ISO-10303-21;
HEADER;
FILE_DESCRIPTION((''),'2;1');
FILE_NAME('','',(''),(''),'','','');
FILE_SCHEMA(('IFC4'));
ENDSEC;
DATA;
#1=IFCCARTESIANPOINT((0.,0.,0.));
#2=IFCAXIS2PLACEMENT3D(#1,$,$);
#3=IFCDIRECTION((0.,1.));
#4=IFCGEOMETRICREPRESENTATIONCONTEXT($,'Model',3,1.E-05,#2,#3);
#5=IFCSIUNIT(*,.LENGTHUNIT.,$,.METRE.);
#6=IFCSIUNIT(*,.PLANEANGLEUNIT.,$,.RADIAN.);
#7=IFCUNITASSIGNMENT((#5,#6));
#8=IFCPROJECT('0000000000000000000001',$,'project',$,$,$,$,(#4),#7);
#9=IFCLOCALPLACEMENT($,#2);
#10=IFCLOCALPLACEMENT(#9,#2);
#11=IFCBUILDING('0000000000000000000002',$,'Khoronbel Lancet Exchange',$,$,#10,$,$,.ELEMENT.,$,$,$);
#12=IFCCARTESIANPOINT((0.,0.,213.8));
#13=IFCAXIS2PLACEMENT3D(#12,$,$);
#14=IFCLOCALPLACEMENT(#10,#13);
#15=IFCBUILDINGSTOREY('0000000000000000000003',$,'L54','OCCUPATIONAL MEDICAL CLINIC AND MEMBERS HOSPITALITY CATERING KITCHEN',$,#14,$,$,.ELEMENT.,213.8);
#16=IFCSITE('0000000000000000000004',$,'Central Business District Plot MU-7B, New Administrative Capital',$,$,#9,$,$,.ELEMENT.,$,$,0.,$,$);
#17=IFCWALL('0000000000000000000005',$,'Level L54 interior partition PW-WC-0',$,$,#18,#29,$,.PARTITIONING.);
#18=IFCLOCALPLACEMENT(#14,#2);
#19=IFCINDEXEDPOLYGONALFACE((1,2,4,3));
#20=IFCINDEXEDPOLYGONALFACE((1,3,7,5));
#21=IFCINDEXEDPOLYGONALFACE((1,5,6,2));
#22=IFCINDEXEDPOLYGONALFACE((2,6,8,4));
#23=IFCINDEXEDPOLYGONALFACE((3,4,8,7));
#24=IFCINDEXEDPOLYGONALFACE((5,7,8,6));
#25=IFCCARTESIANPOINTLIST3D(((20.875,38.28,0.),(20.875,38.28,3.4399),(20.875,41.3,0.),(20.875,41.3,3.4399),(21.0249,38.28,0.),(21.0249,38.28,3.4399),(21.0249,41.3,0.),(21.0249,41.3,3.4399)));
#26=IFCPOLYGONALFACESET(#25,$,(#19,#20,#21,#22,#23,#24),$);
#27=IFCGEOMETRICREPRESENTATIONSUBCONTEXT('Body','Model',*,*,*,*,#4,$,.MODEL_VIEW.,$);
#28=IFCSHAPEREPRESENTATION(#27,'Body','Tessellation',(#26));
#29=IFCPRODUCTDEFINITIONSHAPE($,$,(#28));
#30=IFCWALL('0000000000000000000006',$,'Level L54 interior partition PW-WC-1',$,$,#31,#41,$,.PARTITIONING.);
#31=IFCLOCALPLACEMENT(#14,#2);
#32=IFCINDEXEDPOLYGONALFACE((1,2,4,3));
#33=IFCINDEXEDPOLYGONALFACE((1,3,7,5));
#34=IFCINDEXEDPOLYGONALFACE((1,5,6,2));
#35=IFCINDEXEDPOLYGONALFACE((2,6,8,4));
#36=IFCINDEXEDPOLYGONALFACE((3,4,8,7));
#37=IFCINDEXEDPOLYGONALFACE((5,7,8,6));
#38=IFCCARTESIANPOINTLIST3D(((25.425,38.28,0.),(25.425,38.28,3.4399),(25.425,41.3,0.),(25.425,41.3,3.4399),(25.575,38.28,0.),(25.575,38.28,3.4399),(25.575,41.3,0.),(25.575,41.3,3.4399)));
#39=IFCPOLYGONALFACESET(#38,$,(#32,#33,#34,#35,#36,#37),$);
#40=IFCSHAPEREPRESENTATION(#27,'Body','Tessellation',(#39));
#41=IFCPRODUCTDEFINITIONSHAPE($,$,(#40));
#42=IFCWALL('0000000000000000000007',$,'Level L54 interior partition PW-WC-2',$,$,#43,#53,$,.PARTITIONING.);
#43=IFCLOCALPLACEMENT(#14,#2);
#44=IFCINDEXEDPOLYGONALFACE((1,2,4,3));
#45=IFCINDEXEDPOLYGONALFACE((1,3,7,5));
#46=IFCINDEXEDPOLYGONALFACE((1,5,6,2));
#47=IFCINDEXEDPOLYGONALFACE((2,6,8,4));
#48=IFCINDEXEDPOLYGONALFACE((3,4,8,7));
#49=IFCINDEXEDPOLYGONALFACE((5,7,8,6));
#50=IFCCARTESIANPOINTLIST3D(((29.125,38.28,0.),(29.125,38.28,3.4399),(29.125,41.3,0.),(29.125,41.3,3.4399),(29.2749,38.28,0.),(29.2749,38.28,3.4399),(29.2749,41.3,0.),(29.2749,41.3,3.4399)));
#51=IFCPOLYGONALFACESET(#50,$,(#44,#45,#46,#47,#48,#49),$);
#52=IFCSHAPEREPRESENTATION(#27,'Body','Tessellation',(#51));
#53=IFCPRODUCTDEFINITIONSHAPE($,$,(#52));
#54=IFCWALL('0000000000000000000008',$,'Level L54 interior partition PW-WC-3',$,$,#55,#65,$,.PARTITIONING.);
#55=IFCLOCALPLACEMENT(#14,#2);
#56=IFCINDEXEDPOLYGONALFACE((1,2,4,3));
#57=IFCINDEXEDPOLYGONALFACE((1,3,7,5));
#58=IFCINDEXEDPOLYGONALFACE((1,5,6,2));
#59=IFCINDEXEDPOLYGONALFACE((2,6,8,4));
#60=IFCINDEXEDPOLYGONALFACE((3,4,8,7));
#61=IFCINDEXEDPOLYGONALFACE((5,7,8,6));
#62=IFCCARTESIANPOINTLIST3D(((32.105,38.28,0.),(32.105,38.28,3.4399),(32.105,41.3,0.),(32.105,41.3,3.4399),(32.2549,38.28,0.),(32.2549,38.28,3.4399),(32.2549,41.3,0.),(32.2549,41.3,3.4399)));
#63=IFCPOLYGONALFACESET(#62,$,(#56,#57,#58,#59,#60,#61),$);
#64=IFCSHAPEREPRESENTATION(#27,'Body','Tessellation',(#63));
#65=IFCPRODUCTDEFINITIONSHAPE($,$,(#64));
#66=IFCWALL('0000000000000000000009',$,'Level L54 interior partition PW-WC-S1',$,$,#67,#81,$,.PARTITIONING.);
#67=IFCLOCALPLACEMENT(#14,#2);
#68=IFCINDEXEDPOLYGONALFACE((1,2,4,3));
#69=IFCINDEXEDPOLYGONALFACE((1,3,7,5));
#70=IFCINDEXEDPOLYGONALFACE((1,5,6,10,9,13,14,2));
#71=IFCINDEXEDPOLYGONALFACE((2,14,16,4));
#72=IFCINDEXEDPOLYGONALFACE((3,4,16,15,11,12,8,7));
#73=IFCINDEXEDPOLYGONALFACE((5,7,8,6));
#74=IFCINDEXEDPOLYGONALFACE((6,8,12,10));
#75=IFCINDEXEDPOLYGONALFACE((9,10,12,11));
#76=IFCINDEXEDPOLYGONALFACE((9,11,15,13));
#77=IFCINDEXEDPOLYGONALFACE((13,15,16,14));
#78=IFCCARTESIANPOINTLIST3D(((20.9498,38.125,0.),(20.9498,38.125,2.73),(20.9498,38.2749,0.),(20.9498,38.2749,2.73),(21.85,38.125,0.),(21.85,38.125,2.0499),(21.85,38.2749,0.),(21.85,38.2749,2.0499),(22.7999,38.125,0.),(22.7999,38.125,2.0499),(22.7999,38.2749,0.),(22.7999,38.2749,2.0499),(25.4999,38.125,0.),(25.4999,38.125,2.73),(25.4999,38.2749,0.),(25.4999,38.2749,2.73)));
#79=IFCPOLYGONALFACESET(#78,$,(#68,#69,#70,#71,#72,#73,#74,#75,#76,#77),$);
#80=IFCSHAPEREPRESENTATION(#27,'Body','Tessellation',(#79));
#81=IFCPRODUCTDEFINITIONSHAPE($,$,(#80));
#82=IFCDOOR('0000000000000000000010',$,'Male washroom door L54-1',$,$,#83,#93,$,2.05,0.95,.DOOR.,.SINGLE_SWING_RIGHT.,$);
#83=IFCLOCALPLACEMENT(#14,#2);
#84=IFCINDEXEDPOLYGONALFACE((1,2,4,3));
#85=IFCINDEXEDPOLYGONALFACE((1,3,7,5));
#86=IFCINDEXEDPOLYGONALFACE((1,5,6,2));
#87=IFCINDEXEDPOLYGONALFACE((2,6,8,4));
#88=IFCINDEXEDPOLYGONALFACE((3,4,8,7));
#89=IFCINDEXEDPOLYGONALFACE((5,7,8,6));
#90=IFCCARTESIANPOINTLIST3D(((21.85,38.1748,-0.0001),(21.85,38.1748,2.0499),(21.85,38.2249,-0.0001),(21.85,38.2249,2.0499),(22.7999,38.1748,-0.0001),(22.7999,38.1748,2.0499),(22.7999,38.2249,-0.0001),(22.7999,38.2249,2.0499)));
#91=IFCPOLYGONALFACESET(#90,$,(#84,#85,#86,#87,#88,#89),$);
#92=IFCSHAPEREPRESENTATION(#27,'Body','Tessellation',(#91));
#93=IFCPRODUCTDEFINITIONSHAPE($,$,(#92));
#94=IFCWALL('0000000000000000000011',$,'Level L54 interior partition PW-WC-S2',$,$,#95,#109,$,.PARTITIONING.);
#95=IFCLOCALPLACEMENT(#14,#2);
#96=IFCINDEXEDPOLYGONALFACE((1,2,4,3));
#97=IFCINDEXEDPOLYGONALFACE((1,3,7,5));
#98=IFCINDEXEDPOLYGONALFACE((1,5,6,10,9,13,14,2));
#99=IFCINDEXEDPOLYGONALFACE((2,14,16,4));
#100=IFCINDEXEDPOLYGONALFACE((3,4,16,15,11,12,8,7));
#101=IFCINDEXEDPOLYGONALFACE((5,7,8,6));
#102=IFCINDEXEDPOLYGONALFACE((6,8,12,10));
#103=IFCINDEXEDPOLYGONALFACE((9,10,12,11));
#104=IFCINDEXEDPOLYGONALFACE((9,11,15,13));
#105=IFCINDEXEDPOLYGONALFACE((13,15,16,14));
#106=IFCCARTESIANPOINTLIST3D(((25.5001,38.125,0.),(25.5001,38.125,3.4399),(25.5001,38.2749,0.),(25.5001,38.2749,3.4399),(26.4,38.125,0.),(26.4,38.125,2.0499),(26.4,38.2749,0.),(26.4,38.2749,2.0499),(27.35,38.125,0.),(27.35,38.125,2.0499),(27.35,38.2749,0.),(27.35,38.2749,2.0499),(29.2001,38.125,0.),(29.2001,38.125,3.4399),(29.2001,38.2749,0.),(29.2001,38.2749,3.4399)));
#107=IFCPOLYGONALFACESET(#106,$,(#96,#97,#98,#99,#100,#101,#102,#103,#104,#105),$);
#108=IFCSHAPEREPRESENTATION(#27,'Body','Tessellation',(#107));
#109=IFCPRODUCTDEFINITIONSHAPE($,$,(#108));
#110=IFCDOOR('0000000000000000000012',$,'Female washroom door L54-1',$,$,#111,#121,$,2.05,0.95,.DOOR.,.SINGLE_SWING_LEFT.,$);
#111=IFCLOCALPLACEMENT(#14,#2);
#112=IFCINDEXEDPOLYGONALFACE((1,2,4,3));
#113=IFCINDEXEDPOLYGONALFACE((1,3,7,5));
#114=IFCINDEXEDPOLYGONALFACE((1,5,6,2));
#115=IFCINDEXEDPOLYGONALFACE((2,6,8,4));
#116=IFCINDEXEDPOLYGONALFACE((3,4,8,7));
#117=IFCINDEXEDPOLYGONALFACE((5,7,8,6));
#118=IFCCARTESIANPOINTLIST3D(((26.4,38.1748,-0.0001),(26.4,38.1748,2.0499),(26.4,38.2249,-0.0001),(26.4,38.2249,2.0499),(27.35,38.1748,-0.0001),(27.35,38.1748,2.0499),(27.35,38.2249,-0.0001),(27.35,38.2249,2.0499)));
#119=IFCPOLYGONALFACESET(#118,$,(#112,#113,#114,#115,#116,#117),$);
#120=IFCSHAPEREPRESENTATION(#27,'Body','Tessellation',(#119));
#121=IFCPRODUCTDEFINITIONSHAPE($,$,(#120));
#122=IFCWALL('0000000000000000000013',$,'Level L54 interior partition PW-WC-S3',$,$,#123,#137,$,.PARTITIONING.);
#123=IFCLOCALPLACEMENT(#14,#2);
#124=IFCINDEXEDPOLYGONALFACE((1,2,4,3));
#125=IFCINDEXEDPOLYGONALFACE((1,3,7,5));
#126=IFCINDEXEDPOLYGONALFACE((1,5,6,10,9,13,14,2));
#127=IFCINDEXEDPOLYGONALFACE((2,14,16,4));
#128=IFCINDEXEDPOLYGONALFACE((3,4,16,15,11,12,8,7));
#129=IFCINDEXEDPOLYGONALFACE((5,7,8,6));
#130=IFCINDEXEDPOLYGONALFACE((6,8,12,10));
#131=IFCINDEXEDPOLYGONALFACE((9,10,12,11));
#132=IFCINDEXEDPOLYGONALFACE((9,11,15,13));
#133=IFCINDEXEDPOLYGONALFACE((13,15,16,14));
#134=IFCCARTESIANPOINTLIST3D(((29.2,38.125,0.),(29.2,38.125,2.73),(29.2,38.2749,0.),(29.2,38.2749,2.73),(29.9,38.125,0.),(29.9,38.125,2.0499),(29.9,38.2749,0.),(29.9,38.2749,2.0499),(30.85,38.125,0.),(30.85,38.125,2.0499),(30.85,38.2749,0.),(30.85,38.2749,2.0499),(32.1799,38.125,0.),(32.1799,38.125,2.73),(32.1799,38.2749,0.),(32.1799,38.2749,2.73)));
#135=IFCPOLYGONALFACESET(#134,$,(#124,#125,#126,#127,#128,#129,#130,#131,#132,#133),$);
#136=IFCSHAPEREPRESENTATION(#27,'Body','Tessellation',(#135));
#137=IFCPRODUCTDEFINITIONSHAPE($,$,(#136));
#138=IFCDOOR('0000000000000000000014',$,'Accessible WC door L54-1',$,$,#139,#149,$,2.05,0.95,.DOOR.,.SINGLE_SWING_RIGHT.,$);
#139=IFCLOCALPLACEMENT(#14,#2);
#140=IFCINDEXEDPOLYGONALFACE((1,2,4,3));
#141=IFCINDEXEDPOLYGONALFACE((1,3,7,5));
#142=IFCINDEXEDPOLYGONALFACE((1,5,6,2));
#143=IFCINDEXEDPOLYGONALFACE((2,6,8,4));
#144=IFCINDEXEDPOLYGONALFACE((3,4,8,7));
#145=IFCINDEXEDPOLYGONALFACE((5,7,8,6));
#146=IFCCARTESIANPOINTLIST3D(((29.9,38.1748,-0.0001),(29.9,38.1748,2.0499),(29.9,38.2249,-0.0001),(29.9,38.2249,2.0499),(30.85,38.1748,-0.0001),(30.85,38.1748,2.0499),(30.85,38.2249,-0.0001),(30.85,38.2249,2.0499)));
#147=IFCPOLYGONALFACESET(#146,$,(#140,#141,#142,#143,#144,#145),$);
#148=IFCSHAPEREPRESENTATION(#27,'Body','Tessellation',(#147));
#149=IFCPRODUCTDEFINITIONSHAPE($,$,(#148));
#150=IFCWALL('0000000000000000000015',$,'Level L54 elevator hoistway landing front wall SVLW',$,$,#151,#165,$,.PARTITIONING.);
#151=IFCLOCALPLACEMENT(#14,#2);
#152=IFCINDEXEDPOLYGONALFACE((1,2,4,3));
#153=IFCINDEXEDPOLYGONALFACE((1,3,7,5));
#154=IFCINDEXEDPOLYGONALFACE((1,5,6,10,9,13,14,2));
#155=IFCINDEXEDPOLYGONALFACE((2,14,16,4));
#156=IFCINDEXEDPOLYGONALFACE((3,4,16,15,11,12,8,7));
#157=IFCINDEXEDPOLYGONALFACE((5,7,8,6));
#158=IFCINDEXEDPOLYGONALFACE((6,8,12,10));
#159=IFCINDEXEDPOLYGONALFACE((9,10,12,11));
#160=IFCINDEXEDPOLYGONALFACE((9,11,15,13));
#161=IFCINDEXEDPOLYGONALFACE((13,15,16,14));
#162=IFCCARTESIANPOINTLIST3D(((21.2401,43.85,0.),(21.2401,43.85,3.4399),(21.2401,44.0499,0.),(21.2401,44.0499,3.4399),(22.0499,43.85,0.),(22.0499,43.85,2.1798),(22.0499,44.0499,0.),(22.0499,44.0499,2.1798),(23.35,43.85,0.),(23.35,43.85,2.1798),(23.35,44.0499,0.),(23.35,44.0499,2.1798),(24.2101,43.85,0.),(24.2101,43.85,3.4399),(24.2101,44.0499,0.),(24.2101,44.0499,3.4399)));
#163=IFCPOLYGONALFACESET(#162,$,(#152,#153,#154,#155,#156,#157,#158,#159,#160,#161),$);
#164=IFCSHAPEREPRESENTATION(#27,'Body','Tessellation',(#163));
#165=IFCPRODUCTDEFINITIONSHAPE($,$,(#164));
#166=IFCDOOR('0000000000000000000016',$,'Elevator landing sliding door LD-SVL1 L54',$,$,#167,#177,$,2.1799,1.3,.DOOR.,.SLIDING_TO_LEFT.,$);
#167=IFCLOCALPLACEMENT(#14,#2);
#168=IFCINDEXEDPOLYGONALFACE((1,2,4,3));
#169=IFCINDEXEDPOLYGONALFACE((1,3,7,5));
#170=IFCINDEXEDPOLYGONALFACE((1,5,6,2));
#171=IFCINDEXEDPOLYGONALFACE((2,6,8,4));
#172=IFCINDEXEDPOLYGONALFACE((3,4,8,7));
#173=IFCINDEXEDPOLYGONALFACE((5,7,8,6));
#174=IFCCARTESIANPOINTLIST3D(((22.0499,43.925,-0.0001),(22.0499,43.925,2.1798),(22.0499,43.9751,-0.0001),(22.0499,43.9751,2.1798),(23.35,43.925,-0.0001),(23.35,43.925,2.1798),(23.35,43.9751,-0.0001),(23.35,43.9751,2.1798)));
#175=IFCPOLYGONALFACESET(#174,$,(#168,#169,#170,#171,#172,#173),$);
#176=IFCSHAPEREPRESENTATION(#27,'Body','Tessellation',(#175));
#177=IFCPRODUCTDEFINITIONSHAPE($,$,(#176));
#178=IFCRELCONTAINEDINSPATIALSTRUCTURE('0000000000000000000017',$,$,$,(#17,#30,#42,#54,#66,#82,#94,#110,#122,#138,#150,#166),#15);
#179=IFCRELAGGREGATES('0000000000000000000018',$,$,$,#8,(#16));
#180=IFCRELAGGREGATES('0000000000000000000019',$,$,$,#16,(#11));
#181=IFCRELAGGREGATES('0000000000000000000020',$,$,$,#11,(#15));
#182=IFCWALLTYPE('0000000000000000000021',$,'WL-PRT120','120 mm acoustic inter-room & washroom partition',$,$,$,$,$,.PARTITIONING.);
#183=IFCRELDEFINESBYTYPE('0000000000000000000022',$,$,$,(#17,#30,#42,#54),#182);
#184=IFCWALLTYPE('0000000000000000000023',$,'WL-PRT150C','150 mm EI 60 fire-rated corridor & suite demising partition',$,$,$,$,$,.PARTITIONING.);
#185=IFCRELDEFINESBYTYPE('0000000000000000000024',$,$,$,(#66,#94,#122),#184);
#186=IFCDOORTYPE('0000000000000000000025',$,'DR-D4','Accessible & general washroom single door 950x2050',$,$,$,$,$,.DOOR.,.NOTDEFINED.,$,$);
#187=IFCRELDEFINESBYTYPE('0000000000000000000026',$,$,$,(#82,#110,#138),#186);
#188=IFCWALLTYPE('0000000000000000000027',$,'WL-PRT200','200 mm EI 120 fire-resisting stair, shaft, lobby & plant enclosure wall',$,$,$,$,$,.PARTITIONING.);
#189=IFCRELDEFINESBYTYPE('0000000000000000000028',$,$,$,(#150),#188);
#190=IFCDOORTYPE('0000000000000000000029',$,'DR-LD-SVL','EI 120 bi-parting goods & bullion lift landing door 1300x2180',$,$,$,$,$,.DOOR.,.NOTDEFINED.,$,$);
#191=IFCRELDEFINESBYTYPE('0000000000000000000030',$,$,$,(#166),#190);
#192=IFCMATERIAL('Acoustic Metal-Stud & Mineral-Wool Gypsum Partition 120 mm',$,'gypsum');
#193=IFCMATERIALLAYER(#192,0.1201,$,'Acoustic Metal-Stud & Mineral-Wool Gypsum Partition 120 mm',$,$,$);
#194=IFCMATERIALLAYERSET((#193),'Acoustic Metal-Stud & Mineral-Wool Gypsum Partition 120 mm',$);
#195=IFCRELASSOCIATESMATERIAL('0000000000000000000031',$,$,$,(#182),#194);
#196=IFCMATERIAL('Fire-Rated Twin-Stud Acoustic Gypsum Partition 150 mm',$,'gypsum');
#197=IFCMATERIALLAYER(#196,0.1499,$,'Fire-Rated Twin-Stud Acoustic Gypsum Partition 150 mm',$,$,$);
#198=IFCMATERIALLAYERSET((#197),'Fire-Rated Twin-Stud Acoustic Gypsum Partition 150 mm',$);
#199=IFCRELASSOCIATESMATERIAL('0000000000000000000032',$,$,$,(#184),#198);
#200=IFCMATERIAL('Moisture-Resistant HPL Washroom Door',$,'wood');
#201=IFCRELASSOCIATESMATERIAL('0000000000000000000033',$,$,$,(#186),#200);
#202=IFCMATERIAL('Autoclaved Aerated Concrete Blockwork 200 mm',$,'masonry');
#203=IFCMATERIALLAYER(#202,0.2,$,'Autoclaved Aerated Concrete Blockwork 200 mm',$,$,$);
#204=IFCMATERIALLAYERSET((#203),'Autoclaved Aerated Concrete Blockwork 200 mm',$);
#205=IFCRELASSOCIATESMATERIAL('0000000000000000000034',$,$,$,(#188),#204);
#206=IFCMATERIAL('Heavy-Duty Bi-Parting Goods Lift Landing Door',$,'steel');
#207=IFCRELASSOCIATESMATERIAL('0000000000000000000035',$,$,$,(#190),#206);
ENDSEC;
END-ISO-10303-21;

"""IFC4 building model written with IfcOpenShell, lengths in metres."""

from ifc_helpers import new_model, si_unit, direction, frame, frame_2d, origin, place, context, subcontext, project, spatial, rectangle, extrude, material, layer, layer_set, type_object, element, fill, save


model = new_model("IFC4")

# Units and contexts
model_context = context("Model", 3, precision=1e-05, world=origin(), true_north=direction((0.0, 1.0)))
body_context = subcontext(model_context, "Body", "Model", "MODEL_VIEW")
ifc_project = project(units=[si_unit("LENGTHUNIT", "METRE"), si_unit("PLANEANGLEUNIT", "RADIAN")], contexts=[model_context])

# Site, building, storey
site_placement = place(None, origin())
site = spatial("IfcSite", under=ifc_project, at=site_placement, Name="Central Business District Plot MU-7B, New Administrative Capital", CompositionType="ELEMENT", RefElevation=0.0)
building_placement = place(site_placement, origin())
building = spatial("IfcBuilding", under=site, at=building_placement, Name="Khoronbel Lancet Exchange", CompositionType="ELEMENT")
storey_placement = place(building_placement, frame((0.0, 0.0, 213.8)))
storey = spatial("IfcBuildingStorey", under=building, at=storey_placement, Name="L54", Description="OCCUPATIONAL MEDICAL CLINIC AND MEMBERS HOSPITALITY CATERING KITCHEN", CompositionType="ELEMENT", Elevation=213.8)

# Walls
ifc_material_1 = material(Name="Acoustic Metal-Stud & Mineral-Wool Gypsum Partition 120 mm", Category="gypsum")
ifc_layer_1 = layer(ifc_material_1, 0.1201, Name="Acoustic Metal-Stud & Mineral-Wool Gypsum Partition 120 mm")
ifc_layer_set_1 = layer_set([ifc_layer_1], Name="Acoustic Metal-Stud & Mineral-Wool Gypsum Partition 120 mm")
wall_type_1 = type_object("IfcWallType", Name="WL-PRT120", Description="120 mm acoustic inter-room & washroom partition", PredefinedType="PARTITIONING", material=ifc_layer_set_1)
for number, where, z_axis, x_axis, name in (
    (1, (20.95, 38.28, 0.0), (0.0, 0.0, 1.0), (0.0, 1.0, 0.0), "Level L54 interior partition PW-WC-0"),
    (2, (25.5, 38.28, 0.0), (0.0, 0.0, 1.0), (0.0, 1.0, 0.0), "Level L54 interior partition PW-WC-1"),
    (3, (29.2, 38.28, 0.0), (0.0, 0.0, 1.0), (0.0, 1.0, 0.0), "Level L54 interior partition PW-WC-2"),
    (4, (32.1799, 38.28, 0.0), (0.0, 0.0, 1.0), (0.0, 1.0, 0.0), "Level L54 interior partition PW-WC-3"),
):
    element("IfcWall", number, at=place(storey_placement, frame(where, z_axis=z_axis, x_axis=x_axis)), inside=storey, type_object=wall_type_1, Name=name, PredefinedType="PARTITIONING", context=body_context, shape_type="SweptSolid", body=[
        extrude(rectangle(XDim=3.02, YDim=0.1499, at=frame_2d((1.51, 0.0))), origin(), (0.0, 0.0, 1.0), 3.4399),
    ])

# Walls, openings, doors
ifc_material_2 = material(Name="Fire-Rated Twin-Stud Acoustic Gypsum Partition 150 mm", Category="gypsum")
ifc_layer_2 = layer(ifc_material_2, 0.1499, Name="Fire-Rated Twin-Stud Acoustic Gypsum Partition 150 mm")
ifc_layer_set_2 = layer_set([ifc_layer_2], Name="Fire-Rated Twin-Stud Acoustic Gypsum Partition 150 mm")
wall_type_2 = type_object("IfcWallType", Name="WL-PRT150C", Description="150 mm EI 60 fire-rated corridor & suite demising partition", PredefinedType="PARTITIONING", material=ifc_layer_set_2)
wall_1_placement = place(storey_placement, frame((20.95, 38.2, 0.0), z_axis=(0.0, 0.0, 1.0), x_axis=(1.0, 0.0, 0.0)))
wall_1 = element("IfcWall", 5, at=wall_1_placement, inside=storey, type_object=wall_type_2, Name="Level L54 interior partition PW-WC-S1", PredefinedType="PARTITIONING", context=body_context, shape_type="SweptSolid", body=[
    extrude(rectangle(XDim=4.55, YDim=0.1499, at=frame_2d((2.2749, 0.0))), origin(), (0.0, 0.0, 1.0), 2.73),
])
opening_1_placement = place(wall_1_placement, frame((0.8999, 0.0, 0.0)))
opening_1 = element("IfcOpeningElement", 6, at=opening_1_placement, cuts=wall_1, PredefinedType="OPENING", context=body_context, shape_type="SweptSolid", body=[
    extrude(rectangle(XDim=0.95, YDim=2.05, at=frame_2d((0.4751, 1.0249))), frame((0.0, 0.085, 0.0), z_axis=(0.0, -1.0, 0.0), x_axis=(1.0, 0.0, 0.0)), (0.0, 0.0, 1.0), 0.1699),
])
ifc_material_3 = material(Name="Moisture-Resistant HPL Washroom Door", Category="wood")
door_type_1 = type_object("IfcDoorType", Name="DR-D4", Description="Accessible & general washroom single door 950x2050", OperationType="NOTDEFINED", PredefinedType="DOOR", material=ifc_material_3)
door_1_placement = place(opening_1_placement, origin())
door_1 = element("IfcDoor", 7, at=door_1_placement, inside=storey, type_object=door_type_1, Name="Male washroom door L54-1", OperationType="SINGLE_SWING_RIGHT", OverallHeight=2.05, OverallWidth=0.95, PredefinedType="DOOR", context=body_context, shape_type="SweptSolid", body=[
    extrude(rectangle(XDim=0.95, YDim=2.05, at=frame_2d((0.4751, 1.0249))), frame((0.0, 0.0249, 0.0), z_axis=(0.0, -1.0, 0.0), x_axis=(1.0, 0.0, 0.0)), (0.0, 0.0, 1.0), 0.05),
])
fill(opening_1, door_1)
wall_2_placement = place(storey_placement, frame((25.5, 38.2, 0.0), z_axis=(0.0, 0.0, 1.0), x_axis=(1.0, 0.0, 0.0)))
wall_2 = element("IfcWall", 8, at=wall_2_placement, inside=storey, type_object=wall_type_2, Name="Level L54 interior partition PW-WC-S2", PredefinedType="PARTITIONING", context=body_context, shape_type="SweptSolid", body=[
    extrude(rectangle(XDim=3.7, YDim=0.1499, at=frame_2d((1.8501, 0.0))), origin(), (0.0, 0.0, 1.0), 3.4399),
])
opening_2_placement = place(wall_2_placement, frame((0.8999, 0.0, 0.0)))
opening_2 = element("IfcOpeningElement", 9, at=opening_2_placement, cuts=wall_2, PredefinedType="OPENING", context=body_context, shape_type="SweptSolid", body=[
    extrude(rectangle(XDim=0.95, YDim=2.05, at=frame_2d((0.4751, 1.0249))), frame((0.0, 0.085, 0.0), z_axis=(0.0, -1.0, 0.0), x_axis=(1.0, 0.0, 0.0)), (0.0, 0.0, 1.0), 0.1699),
])
door_2_placement = place(opening_2_placement, origin())
door_2 = element("IfcDoor", 10, at=door_2_placement, inside=storey, type_object=door_type_1, Name="Female washroom door L54-1", OperationType="SINGLE_SWING_LEFT", OverallHeight=2.05, OverallWidth=0.95, PredefinedType="DOOR", context=body_context, shape_type="SweptSolid", body=[
    extrude(rectangle(XDim=0.95, YDim=2.05, at=frame_2d((0.4751, 1.0249))), frame((0.0, 0.0249, 0.0), z_axis=(0.0, -1.0, 0.0), x_axis=(1.0, 0.0, 0.0)), (0.0, 0.0, 1.0), 0.05),
])
fill(opening_2, door_2)
wall_3_placement = place(storey_placement, frame((29.2, 38.2, 0.0), z_axis=(0.0, 0.0, 1.0), x_axis=(1.0, 0.0, 0.0)))
wall_3 = element("IfcWall", 11, at=wall_3_placement, inside=storey, type_object=wall_type_2, Name="Level L54 interior partition PW-WC-S3", PredefinedType="PARTITIONING", context=body_context, shape_type="SweptSolid", body=[
    extrude(rectangle(XDim=2.98, YDim=0.1499, at=frame_2d((1.49, 0.0))), origin(), (0.0, 0.0, 1.0), 2.73),
])
opening_3_placement = place(wall_3_placement, frame((0.7, 0.0, 0.0)))
opening_3 = element("IfcOpeningElement", 12, at=opening_3_placement, cuts=wall_3, PredefinedType="OPENING", context=body_context, shape_type="SweptSolid", body=[
    extrude(rectangle(XDim=0.95, YDim=2.05, at=frame_2d((0.4751, 1.0249))), frame((0.0, 0.085, 0.0), z_axis=(0.0, -1.0, 0.0), x_axis=(1.0, 0.0, 0.0)), (0.0, 0.0, 1.0), 0.1699),
])
door_3_placement = place(opening_3_placement, origin())
door_3 = element("IfcDoor", 13, at=door_3_placement, inside=storey, type_object=door_type_1, Name="Accessible WC door L54-1", OperationType="SINGLE_SWING_RIGHT", OverallHeight=2.05, OverallWidth=0.95, PredefinedType="DOOR", context=body_context, shape_type="SweptSolid", body=[
    extrude(rectangle(XDim=0.95, YDim=2.05, at=frame_2d((0.4751, 1.0249))), frame((0.0, 0.0249, 0.0), z_axis=(0.0, -1.0, 0.0), x_axis=(1.0, 0.0, 0.0)), (0.0, 0.0, 1.0), 0.05),
])
fill(opening_3, door_3)
ifc_material_4 = material(Name="Autoclaved Aerated Concrete Blockwork 200 mm", Category="masonry")
ifc_layer_3 = layer(ifc_material_4, 0.2, Name="Autoclaved Aerated Concrete Blockwork 200 mm")
ifc_layer_set_3 = layer_set([ifc_layer_3], Name="Autoclaved Aerated Concrete Blockwork 200 mm")
wall_type_3 = type_object("IfcWallType", Name="WL-PRT200", Description="200 mm EI 120 fire-resisting stair, shaft, lobby & plant enclosure wall", PredefinedType="PARTITIONING", material=ifc_layer_set_3)
wall_4_placement = place(storey_placement, frame((24.21, 43.95, 0.0), z_axis=(0.0, 0.0, 1.0), x_axis=(-1.0, 0.0, 0.0)))
wall_4 = element("IfcWall", 14, at=wall_4_placement, inside=storey, type_object=wall_type_3, Name="Level L54 elevator hoistway landing front wall SVLW", PredefinedType="PARTITIONING", context=body_context, shape_type="SweptSolid", body=[
    extrude(rectangle(XDim=2.97, YDim=0.2, at=frame_2d((1.4849, 0.0))), origin(), (0.0, 0.0, 1.0), 3.4399),
])
opening_4_placement = place(wall_4_placement, frame((0.8601, 0.0, 0.0)))
opening_4 = element("IfcOpeningElement", 15, at=opening_4_placement, cuts=wall_4, PredefinedType="OPENING", context=body_context, shape_type="SweptSolid", body=[
    extrude(rectangle(XDim=1.3, YDim=2.1799, at=frame_2d((0.6499, 1.0898))), frame((0.0, 0.1099, 0.0), z_axis=(0.0, -1.0, 0.0), x_axis=(1.0, 0.0, 0.0)), (0.0, 0.0, 1.0), 0.22),
])
ifc_material_5 = material(Name="Heavy-Duty Bi-Parting Goods Lift Landing Door", Category="steel")
door_type_2 = type_object("IfcDoorType", Name="DR-LD-SVL", Description="EI 120 bi-parting goods & bullion lift landing door 1300x2180", OperationType="NOTDEFINED", PredefinedType="DOOR", material=ifc_material_5)
door_4_placement = place(opening_4_placement, origin())
door_4 = element("IfcDoor", 16, at=door_4_placement, inside=storey, type_object=door_type_2, Name="Elevator landing sliding door LD-SVL1 L54", OperationType="SLIDING_TO_LEFT", OverallHeight=2.1799, OverallWidth=1.3, PredefinedType="DOOR", context=body_context, shape_type="SweptSolid", body=[
    extrude(rectangle(XDim=1.3, YDim=2.1799, at=frame_2d((0.6499, 1.0898))), frame((0.0, 0.0249, 0.0), z_axis=(0.0, -1.0, 0.0), x_axis=(1.0, 0.0, 0.0)), (0.0, 0.0, 1.0), 0.05),
])
fill(opening_4, door_4)

save(model, "model.ifc")
